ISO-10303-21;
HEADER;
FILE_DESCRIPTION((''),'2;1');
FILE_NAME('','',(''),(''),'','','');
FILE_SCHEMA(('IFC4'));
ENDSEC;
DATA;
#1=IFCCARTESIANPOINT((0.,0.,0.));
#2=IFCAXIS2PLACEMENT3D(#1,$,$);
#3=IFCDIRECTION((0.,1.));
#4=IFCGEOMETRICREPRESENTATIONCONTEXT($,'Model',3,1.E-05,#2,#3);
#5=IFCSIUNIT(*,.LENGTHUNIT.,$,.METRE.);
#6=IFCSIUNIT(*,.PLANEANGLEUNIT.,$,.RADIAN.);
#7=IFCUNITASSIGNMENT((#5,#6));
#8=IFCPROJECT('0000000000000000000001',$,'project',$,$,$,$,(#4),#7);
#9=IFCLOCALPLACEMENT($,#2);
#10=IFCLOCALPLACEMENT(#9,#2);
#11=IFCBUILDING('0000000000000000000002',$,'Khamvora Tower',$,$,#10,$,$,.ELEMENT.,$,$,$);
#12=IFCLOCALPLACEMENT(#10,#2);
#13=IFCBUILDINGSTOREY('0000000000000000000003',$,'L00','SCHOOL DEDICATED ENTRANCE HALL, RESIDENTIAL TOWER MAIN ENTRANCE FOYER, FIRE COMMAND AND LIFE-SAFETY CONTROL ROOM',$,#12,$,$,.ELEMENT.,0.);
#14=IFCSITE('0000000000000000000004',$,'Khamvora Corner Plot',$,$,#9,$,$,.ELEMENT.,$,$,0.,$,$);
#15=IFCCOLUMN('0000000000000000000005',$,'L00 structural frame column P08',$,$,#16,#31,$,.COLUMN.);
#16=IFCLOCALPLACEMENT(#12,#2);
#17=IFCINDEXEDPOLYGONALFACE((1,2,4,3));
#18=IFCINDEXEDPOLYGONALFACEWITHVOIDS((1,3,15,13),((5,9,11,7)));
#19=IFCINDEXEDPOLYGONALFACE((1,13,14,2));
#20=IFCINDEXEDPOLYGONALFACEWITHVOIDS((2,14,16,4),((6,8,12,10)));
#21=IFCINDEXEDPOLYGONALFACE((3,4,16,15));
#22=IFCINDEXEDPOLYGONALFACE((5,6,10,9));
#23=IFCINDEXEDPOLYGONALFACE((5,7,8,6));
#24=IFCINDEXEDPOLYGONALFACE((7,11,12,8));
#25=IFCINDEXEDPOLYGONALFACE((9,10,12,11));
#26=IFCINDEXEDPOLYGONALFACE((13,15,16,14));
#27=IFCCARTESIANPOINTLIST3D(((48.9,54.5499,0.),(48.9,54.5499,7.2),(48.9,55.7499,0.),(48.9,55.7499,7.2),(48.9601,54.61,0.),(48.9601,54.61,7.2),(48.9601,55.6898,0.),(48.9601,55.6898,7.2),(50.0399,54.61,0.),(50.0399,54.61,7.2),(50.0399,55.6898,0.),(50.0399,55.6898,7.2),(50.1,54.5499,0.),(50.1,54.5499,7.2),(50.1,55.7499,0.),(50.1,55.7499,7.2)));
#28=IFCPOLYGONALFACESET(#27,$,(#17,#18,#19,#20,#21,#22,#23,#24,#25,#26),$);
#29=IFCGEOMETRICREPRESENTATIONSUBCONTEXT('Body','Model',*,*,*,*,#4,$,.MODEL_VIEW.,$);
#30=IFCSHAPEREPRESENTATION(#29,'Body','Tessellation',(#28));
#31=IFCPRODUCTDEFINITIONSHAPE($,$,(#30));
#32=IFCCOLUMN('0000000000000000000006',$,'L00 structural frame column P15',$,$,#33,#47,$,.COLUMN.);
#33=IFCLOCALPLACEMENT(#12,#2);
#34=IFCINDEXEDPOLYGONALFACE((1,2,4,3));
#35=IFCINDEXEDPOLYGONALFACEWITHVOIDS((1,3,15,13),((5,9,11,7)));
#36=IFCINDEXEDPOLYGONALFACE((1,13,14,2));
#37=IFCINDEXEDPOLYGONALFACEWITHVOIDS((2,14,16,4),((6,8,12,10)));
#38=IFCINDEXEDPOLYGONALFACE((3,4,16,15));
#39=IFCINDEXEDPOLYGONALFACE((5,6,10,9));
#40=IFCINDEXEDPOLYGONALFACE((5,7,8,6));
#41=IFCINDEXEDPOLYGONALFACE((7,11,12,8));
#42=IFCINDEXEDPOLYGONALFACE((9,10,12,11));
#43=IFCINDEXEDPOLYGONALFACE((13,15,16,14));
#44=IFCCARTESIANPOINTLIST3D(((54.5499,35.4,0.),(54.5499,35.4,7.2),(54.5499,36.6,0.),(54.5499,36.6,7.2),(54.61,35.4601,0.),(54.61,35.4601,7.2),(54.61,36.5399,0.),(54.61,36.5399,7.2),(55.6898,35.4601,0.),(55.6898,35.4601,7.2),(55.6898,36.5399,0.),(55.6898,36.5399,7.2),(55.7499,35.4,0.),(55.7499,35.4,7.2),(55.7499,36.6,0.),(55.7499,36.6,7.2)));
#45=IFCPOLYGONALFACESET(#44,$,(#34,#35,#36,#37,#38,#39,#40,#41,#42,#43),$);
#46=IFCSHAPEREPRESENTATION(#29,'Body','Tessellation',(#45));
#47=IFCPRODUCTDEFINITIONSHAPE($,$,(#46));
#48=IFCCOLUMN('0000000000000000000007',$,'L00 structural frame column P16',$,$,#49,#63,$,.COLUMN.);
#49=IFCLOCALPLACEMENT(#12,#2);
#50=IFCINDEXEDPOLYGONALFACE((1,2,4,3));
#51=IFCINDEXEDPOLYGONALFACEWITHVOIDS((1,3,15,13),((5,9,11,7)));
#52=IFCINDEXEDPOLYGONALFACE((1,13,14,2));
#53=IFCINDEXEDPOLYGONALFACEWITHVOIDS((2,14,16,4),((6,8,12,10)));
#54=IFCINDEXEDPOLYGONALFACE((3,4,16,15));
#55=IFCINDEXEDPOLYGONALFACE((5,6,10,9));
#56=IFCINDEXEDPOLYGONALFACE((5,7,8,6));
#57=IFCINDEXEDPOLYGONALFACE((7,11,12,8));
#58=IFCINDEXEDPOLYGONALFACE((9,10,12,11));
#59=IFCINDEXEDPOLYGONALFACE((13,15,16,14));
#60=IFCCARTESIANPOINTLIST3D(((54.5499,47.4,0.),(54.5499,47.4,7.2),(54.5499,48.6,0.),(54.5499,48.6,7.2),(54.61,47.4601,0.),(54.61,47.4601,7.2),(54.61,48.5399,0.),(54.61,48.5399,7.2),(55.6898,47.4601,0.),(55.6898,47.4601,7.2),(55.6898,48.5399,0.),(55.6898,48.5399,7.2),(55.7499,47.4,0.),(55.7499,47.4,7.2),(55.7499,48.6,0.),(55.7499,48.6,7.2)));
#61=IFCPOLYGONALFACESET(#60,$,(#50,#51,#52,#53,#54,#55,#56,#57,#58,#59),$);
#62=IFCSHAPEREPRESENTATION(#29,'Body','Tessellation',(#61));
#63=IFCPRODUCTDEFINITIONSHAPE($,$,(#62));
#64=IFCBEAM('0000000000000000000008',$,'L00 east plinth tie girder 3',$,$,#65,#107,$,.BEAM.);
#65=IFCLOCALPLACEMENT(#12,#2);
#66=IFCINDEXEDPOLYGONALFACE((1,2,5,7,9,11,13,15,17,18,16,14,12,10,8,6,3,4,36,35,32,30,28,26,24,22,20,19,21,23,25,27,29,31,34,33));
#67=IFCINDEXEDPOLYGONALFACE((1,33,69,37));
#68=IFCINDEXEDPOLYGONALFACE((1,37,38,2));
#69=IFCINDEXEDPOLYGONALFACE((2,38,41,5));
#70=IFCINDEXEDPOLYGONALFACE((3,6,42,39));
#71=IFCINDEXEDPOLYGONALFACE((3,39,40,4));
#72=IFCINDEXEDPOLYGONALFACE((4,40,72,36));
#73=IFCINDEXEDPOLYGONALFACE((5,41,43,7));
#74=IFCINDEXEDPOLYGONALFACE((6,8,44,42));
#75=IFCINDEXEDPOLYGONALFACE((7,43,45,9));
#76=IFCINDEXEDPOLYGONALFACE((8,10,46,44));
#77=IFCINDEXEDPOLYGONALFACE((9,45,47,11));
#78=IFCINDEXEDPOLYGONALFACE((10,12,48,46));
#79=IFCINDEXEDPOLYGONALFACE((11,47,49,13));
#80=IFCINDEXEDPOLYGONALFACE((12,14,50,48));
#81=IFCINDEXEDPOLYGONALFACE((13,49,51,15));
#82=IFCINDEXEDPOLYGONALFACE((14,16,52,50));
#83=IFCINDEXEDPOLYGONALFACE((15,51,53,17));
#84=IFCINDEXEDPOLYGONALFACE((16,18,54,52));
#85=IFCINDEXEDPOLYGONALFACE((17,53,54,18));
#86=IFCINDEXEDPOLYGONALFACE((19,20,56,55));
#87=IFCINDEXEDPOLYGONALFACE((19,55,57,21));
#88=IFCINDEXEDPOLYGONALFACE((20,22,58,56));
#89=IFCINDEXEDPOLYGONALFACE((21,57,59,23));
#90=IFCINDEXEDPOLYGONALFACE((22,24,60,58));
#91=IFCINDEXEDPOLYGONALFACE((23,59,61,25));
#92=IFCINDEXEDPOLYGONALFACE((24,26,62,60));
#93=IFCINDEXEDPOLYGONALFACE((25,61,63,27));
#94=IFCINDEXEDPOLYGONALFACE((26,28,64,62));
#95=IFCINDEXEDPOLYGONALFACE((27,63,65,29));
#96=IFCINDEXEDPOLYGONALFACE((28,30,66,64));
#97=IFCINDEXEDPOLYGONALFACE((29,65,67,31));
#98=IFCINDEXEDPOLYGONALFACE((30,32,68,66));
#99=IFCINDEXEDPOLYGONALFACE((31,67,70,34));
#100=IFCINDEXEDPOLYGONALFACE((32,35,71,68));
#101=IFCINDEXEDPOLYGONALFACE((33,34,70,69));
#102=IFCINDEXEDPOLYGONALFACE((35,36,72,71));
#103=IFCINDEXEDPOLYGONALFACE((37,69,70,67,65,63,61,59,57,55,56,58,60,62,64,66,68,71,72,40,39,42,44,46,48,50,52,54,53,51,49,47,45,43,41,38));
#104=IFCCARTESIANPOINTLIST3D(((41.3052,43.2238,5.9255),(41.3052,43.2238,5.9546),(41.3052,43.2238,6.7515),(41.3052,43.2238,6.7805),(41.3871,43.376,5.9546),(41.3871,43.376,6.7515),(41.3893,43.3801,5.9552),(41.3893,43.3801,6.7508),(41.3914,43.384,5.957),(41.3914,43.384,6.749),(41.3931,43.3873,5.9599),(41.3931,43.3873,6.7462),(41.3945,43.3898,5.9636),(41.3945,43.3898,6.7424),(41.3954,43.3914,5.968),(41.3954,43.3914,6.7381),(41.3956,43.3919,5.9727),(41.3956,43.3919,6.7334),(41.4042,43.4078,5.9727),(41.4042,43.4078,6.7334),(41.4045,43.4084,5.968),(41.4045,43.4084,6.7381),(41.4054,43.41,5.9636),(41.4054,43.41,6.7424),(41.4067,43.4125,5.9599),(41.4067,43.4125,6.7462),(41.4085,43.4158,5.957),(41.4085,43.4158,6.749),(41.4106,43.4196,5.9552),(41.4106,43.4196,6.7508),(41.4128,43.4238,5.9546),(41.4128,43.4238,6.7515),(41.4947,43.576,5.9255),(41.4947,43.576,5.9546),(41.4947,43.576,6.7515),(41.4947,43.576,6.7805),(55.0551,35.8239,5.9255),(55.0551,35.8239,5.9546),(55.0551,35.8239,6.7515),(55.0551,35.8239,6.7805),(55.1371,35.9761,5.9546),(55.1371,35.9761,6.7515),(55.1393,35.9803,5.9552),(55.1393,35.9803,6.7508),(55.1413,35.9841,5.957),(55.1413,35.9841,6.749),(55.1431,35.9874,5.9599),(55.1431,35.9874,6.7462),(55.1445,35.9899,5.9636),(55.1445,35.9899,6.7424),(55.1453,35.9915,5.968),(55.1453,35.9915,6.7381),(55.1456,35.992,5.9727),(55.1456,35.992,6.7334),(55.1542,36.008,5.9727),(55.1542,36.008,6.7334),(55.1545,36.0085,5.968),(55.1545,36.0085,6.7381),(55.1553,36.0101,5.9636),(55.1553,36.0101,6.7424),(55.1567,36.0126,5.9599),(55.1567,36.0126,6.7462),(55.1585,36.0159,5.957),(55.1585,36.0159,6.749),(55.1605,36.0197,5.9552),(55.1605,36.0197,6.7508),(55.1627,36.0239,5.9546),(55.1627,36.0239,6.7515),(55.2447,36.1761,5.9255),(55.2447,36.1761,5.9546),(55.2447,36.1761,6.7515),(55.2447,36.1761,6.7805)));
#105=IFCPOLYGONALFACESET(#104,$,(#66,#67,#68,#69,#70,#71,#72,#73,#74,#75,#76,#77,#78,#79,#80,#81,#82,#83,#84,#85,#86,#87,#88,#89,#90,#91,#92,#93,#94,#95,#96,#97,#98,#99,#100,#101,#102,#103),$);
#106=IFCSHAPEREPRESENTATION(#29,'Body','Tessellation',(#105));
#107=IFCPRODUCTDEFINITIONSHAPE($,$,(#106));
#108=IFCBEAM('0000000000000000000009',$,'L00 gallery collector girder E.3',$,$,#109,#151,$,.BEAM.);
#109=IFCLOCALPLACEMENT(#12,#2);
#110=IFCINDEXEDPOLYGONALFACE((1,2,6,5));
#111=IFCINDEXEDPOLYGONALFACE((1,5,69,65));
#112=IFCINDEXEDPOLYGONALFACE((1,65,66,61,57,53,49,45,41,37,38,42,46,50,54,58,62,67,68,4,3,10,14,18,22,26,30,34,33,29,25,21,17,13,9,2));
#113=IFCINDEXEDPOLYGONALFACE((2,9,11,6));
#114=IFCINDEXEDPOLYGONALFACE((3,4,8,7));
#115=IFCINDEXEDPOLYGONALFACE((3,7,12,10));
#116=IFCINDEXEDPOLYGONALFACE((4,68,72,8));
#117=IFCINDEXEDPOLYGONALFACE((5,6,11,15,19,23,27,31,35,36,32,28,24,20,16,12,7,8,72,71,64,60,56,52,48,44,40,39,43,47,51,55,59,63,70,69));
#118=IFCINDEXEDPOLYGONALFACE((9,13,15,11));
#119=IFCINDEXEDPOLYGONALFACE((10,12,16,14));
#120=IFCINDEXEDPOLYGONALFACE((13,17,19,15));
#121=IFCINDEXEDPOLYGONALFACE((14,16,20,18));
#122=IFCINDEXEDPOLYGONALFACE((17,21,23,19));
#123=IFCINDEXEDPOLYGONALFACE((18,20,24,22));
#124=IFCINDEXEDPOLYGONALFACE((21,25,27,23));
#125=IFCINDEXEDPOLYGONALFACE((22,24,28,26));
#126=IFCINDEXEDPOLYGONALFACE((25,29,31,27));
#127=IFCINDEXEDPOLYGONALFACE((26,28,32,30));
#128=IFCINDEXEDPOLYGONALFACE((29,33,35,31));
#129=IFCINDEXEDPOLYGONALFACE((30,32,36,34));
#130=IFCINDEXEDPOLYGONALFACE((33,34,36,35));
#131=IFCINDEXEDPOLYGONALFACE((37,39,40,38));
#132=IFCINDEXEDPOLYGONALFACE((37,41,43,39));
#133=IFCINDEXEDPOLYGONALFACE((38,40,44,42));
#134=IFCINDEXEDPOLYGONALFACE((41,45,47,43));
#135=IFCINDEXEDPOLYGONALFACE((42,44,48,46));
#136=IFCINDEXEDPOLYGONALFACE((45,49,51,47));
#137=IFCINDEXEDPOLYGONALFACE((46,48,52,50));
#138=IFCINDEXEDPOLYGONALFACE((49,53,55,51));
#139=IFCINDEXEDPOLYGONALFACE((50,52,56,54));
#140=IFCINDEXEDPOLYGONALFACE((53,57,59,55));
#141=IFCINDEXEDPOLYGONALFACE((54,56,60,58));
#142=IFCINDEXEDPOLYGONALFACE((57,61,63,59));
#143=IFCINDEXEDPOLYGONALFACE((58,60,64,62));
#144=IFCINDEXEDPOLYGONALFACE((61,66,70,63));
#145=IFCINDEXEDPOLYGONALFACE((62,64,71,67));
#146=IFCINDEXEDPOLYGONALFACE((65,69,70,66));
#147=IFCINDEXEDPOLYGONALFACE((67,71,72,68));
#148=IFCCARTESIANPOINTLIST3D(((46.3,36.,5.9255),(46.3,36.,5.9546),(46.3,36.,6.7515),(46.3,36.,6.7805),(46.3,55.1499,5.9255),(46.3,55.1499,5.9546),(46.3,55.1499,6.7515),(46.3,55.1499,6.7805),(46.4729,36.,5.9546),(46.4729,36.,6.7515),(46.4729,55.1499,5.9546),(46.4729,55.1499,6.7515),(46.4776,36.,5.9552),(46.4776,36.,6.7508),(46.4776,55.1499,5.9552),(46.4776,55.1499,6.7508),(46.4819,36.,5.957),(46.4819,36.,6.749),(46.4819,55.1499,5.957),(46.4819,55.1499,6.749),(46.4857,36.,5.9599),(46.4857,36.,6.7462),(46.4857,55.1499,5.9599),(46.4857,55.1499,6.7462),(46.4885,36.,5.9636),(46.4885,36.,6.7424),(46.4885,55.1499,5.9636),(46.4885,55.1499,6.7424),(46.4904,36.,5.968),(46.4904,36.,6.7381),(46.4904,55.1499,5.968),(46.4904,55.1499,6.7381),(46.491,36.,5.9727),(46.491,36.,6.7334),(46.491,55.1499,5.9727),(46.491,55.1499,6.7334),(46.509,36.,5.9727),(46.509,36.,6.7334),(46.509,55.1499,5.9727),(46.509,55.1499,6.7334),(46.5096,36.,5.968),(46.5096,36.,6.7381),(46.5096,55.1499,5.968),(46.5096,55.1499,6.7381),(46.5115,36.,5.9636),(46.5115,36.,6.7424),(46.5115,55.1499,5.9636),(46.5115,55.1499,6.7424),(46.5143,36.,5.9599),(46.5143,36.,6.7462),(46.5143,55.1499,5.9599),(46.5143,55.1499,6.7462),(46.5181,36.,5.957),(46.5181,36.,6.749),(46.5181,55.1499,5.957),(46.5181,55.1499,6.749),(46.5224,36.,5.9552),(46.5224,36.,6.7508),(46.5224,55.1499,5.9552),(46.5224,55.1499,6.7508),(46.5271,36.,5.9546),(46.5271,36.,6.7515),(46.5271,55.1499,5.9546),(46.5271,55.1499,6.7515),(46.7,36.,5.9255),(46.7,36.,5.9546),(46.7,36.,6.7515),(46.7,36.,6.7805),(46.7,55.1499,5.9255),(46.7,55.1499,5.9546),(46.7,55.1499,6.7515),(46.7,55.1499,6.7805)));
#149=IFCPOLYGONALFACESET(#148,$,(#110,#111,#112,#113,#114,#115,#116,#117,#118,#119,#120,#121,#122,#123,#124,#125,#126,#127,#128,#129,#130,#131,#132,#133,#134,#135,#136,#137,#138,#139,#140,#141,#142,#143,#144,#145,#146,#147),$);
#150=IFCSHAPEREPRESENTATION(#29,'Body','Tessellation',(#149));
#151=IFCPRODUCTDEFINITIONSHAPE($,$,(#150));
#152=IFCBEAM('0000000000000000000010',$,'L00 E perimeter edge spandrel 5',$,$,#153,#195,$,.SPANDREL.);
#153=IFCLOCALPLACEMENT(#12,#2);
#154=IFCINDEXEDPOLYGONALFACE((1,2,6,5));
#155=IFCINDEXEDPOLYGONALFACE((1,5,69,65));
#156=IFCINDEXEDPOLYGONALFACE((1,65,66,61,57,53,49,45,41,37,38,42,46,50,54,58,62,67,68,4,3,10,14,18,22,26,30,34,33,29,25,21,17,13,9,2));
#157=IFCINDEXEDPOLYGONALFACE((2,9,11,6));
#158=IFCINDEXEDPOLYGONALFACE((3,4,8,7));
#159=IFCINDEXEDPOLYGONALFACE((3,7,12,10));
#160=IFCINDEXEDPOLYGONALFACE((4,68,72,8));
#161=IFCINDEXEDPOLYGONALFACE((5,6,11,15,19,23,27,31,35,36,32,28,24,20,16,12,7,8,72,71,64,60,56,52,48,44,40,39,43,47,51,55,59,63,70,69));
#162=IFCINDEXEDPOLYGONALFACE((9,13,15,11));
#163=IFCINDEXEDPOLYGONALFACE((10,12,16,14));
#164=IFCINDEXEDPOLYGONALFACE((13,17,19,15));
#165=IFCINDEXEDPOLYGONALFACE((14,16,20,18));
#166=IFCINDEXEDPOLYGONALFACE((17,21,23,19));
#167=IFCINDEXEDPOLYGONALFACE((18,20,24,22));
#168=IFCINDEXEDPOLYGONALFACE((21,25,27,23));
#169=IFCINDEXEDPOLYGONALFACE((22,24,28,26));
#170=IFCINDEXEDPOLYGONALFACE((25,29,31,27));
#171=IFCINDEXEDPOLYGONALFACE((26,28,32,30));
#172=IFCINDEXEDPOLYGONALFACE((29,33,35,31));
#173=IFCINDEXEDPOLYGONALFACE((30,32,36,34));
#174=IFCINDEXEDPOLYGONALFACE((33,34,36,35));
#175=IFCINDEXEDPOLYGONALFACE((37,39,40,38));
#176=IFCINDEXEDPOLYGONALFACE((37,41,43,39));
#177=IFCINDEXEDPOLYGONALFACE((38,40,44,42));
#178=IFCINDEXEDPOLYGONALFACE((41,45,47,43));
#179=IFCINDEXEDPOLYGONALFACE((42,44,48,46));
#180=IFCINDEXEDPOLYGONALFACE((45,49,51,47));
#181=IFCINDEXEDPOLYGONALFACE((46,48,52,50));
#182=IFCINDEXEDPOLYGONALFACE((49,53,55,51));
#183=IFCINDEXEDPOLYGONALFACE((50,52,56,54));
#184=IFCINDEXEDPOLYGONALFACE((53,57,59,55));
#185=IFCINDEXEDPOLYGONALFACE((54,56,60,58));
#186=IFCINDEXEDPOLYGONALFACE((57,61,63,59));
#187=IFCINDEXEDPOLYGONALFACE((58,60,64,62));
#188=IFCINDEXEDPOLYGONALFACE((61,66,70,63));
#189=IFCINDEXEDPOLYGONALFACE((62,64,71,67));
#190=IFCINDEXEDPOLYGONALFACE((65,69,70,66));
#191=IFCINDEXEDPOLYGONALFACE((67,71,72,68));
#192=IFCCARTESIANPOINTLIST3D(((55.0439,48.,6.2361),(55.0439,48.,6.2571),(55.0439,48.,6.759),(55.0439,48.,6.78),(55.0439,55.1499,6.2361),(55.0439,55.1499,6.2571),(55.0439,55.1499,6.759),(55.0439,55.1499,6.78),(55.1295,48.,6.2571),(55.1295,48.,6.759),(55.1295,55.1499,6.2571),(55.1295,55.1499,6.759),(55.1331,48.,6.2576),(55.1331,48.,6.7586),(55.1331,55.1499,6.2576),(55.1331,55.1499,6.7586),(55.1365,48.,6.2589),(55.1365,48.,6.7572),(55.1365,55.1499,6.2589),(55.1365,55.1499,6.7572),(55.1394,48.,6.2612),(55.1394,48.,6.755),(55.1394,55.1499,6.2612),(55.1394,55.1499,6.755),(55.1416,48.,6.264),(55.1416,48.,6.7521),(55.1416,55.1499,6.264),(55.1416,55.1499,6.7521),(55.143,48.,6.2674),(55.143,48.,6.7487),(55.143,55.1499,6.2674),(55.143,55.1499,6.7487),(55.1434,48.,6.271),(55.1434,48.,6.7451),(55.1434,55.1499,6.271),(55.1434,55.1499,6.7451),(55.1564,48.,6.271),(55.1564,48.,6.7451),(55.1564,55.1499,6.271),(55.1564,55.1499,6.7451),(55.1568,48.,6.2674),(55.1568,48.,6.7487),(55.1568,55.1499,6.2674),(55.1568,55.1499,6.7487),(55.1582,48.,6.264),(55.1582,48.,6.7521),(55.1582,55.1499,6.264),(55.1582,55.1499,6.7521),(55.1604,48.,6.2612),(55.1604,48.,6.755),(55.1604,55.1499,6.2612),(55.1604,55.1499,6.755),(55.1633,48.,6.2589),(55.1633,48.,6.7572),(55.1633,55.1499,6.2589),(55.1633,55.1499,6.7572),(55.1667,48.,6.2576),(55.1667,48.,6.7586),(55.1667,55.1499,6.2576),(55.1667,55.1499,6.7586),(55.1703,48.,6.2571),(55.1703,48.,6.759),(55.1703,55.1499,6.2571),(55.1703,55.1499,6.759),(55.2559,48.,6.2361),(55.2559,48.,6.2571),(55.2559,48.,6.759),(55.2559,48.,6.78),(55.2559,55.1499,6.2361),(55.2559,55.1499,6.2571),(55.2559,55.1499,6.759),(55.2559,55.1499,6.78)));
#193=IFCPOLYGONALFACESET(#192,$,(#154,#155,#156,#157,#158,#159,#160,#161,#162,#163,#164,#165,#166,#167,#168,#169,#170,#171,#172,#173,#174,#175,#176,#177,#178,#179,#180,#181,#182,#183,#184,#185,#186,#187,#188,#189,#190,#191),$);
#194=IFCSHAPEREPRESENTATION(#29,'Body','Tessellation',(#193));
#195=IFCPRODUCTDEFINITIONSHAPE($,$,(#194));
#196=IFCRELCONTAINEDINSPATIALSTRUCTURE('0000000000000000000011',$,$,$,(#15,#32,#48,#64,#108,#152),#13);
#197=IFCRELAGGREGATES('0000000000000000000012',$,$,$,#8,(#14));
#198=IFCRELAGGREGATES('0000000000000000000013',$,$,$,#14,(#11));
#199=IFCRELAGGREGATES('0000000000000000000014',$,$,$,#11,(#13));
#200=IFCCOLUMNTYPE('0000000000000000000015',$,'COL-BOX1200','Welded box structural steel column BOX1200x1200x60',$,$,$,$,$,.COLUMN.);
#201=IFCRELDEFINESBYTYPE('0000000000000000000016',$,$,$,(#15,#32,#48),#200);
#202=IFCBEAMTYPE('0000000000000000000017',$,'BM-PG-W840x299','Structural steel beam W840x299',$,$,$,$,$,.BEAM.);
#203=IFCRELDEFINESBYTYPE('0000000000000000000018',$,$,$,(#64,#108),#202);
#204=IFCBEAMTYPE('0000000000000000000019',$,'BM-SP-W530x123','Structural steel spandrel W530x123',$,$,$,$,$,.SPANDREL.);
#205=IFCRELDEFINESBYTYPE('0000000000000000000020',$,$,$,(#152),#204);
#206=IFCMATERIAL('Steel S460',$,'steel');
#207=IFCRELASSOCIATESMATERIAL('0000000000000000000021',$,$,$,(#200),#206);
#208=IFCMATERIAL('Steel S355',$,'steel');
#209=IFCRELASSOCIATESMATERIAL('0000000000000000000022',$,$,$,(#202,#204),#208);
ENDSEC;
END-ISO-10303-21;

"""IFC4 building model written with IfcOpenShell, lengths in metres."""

from ifc_helpers import new_model, si_unit, direction, frame, origin, origin_2d, place, context, subcontext, project, spatial, hollow_rectangle, i_section, extrude, material, material_profile, profile_set, type_object, element, save


model = new_model("IFC4")

# Units and contexts
model_context = context("Model", 3, precision=1e-05, world=origin(), true_north=direction((0.0, 1.0)))
body_context = subcontext(model_context, "Body", "Model", "MODEL_VIEW")
ifc_project = project(units=[si_unit("LENGTHUNIT", "METRE"), si_unit("PLANEANGLEUNIT", "RADIAN")], contexts=[model_context])

# Site, building, storey
site_placement = place(None, origin())
site = spatial("IfcSite", under=ifc_project, at=site_placement, Name="Khamvora Corner Plot", CompositionType="ELEMENT", RefElevation=0.0)
building_placement = place(site_placement, origin())
building = spatial("IfcBuilding", under=site, at=building_placement, Name="Khamvora Tower", CompositionType="ELEMENT")
storey_placement = place(building_placement, origin())
storey = spatial("IfcBuildingStorey", under=building, at=storey_placement, Name="L00", Description="SCHOOL DEDICATED ENTRANCE HALL, RESIDENTIAL TOWER MAIN ENTRANCE FOYER, FIRE COMMAND AND LIFE-SAFETY CONTROL ROOM", CompositionType="ELEMENT", Elevation=0.0)

# Columns
ifc_material_1 = material(Name="Steel S460", Category="steel")
ifc_material_profile_1 = material_profile(ifc_material_1, hollow_rectangle(XDim=1.2, YDim=1.2, WallThickness=0.0601, at=origin_2d()), Name="BOX1200x1200x60")
ifc_profile_set_1 = profile_set([ifc_material_profile_1], Name="Steel S460")
column_type = type_object("IfcColumnType", Name="COL-BOX1200", Description="Welded box structural steel column BOX1200x1200x60", PredefinedType="COLUMN", material=ifc_profile_set_1)
for number, where, z_axis, x_axis, name in (
    (1, (49.5, 55.1499, 0.0), (0.0, 0.0, 1.0), (1.0, 0.0, 0.0), "L00 structural frame column P08"),
    (2, (55.1499, 36.0, 0.0), (0.0, 0.0, 1.0), (1.0, 0.0, 0.0), "L00 structural frame column P15"),
    (3, (55.1499, 48.0, 0.0), (0.0, 0.0, 1.0), (1.0, 0.0, 0.0), "L00 structural frame column P16"),
):
    element("IfcColumn", number, at=place(storey_placement, frame(where, z_axis=z_axis, x_axis=x_axis)), inside=storey, type_object=column_type, Name=name, PredefinedType="COLUMN", context=body_context, shape_type="SweptSolid", body=[
        extrude(hollow_rectangle(XDim=1.2, YDim=1.2, WallThickness=0.0601, at=origin_2d()), origin(), (0.0, 0.0, 1.0), 7.2),
    ])

# Beams
ifc_material_2 = material(Name="Steel S355", Category="steel")
ifc_material_profile_2 = material_profile(ifc_material_2, i_section(OverallWidth=0.3999, OverallDepth=0.855, WebThickness=0.0181, FlangeThickness=0.0291, FilletRadius=0.0181, at=origin_2d()), Name="W840x299")
ifc_profile_set_2 = profile_set([ifc_material_profile_2], Name="Steel S355")
beam_type_1 = type_object("IfcBeamType", Name="BM-PG-W840x299", Description="Structural steel beam W840x299", PredefinedType="BEAM", material=ifc_profile_set_2)
beam_1_placement = place(storey_placement, frame((55.1499, 36.0, 6.353), z_axis=(-0.880577, 0.473904, 0.0), x_axis=(-0.473904, -0.880577, 0.0)))
element("IfcBeam", 4, at=beam_1_placement, inside=storey, type_object=beam_type_1, Name="L00 east plinth tie girder 3", PredefinedType="BEAM", context=body_context, shape_type="SweptSolid", body=[
    extrude(i_section(OverallWidth=0.3999, OverallDepth=0.855, WebThickness=0.0181, FlangeThickness=0.0291, FilletRadius=0.0181, at=origin_2d()), origin(), (0.0, 0.0, 1.0), 15.6147),
])
beam_2_placement = place(storey_placement, frame((46.5, 36.0, 6.353), z_axis=(0.0, 1.0, 0.0), x_axis=(-1.0, 0.0, 0.0)))
element("IfcBeam", 5, at=beam_2_placement, inside=storey, type_object=beam_type_1, Name="L00 gallery collector girder E.3", PredefinedType="BEAM", context=body_context, shape_type="SweptSolid", body=[
    extrude(i_section(OverallWidth=0.3999, OverallDepth=0.855, WebThickness=0.0181, FlangeThickness=0.0291, FilletRadius=0.0181, at=origin_2d()), origin(), (0.0, 0.0, 1.0), 19.1499),
])
ifc_material_profile_3 = material_profile(ifc_material_2, i_section(OverallWidth=0.2119, OverallDepth=0.5439, WebThickness=0.0129, FlangeThickness=0.021, FilletRadius=0.0139, at=origin_2d()), Name="W530x123")
ifc_profile_set_3 = profile_set([ifc_material_profile_3], Name="Steel S355")
beam_type_2 = type_object("IfcBeamType", Name="BM-SP-W530x123", Description="Structural steel spandrel W530x123", PredefinedType="SPANDREL", material=ifc_profile_set_3)
beam_3_placement = place(storey_placement, frame((55.1499, 48.0, 6.5081), z_axis=(0.0, 1.0, 0.0), x_axis=(-1.0, 0.0, 0.0)))
element("IfcBeam", 6, at=beam_3_placement, inside=storey, type_object=beam_type_2, Name="L00 E perimeter edge spandrel 5", PredefinedType="SPANDREL", context=body_context, shape_type="SweptSolid", body=[
    extrude(i_section(OverallWidth=0.2119, OverallDepth=0.5439, WebThickness=0.0129, FlangeThickness=0.021, FilletRadius=0.0139, at=origin_2d()), origin(), (0.0, 0.0, 1.0), 7.1499),
])

save(model, "model.ifc")
